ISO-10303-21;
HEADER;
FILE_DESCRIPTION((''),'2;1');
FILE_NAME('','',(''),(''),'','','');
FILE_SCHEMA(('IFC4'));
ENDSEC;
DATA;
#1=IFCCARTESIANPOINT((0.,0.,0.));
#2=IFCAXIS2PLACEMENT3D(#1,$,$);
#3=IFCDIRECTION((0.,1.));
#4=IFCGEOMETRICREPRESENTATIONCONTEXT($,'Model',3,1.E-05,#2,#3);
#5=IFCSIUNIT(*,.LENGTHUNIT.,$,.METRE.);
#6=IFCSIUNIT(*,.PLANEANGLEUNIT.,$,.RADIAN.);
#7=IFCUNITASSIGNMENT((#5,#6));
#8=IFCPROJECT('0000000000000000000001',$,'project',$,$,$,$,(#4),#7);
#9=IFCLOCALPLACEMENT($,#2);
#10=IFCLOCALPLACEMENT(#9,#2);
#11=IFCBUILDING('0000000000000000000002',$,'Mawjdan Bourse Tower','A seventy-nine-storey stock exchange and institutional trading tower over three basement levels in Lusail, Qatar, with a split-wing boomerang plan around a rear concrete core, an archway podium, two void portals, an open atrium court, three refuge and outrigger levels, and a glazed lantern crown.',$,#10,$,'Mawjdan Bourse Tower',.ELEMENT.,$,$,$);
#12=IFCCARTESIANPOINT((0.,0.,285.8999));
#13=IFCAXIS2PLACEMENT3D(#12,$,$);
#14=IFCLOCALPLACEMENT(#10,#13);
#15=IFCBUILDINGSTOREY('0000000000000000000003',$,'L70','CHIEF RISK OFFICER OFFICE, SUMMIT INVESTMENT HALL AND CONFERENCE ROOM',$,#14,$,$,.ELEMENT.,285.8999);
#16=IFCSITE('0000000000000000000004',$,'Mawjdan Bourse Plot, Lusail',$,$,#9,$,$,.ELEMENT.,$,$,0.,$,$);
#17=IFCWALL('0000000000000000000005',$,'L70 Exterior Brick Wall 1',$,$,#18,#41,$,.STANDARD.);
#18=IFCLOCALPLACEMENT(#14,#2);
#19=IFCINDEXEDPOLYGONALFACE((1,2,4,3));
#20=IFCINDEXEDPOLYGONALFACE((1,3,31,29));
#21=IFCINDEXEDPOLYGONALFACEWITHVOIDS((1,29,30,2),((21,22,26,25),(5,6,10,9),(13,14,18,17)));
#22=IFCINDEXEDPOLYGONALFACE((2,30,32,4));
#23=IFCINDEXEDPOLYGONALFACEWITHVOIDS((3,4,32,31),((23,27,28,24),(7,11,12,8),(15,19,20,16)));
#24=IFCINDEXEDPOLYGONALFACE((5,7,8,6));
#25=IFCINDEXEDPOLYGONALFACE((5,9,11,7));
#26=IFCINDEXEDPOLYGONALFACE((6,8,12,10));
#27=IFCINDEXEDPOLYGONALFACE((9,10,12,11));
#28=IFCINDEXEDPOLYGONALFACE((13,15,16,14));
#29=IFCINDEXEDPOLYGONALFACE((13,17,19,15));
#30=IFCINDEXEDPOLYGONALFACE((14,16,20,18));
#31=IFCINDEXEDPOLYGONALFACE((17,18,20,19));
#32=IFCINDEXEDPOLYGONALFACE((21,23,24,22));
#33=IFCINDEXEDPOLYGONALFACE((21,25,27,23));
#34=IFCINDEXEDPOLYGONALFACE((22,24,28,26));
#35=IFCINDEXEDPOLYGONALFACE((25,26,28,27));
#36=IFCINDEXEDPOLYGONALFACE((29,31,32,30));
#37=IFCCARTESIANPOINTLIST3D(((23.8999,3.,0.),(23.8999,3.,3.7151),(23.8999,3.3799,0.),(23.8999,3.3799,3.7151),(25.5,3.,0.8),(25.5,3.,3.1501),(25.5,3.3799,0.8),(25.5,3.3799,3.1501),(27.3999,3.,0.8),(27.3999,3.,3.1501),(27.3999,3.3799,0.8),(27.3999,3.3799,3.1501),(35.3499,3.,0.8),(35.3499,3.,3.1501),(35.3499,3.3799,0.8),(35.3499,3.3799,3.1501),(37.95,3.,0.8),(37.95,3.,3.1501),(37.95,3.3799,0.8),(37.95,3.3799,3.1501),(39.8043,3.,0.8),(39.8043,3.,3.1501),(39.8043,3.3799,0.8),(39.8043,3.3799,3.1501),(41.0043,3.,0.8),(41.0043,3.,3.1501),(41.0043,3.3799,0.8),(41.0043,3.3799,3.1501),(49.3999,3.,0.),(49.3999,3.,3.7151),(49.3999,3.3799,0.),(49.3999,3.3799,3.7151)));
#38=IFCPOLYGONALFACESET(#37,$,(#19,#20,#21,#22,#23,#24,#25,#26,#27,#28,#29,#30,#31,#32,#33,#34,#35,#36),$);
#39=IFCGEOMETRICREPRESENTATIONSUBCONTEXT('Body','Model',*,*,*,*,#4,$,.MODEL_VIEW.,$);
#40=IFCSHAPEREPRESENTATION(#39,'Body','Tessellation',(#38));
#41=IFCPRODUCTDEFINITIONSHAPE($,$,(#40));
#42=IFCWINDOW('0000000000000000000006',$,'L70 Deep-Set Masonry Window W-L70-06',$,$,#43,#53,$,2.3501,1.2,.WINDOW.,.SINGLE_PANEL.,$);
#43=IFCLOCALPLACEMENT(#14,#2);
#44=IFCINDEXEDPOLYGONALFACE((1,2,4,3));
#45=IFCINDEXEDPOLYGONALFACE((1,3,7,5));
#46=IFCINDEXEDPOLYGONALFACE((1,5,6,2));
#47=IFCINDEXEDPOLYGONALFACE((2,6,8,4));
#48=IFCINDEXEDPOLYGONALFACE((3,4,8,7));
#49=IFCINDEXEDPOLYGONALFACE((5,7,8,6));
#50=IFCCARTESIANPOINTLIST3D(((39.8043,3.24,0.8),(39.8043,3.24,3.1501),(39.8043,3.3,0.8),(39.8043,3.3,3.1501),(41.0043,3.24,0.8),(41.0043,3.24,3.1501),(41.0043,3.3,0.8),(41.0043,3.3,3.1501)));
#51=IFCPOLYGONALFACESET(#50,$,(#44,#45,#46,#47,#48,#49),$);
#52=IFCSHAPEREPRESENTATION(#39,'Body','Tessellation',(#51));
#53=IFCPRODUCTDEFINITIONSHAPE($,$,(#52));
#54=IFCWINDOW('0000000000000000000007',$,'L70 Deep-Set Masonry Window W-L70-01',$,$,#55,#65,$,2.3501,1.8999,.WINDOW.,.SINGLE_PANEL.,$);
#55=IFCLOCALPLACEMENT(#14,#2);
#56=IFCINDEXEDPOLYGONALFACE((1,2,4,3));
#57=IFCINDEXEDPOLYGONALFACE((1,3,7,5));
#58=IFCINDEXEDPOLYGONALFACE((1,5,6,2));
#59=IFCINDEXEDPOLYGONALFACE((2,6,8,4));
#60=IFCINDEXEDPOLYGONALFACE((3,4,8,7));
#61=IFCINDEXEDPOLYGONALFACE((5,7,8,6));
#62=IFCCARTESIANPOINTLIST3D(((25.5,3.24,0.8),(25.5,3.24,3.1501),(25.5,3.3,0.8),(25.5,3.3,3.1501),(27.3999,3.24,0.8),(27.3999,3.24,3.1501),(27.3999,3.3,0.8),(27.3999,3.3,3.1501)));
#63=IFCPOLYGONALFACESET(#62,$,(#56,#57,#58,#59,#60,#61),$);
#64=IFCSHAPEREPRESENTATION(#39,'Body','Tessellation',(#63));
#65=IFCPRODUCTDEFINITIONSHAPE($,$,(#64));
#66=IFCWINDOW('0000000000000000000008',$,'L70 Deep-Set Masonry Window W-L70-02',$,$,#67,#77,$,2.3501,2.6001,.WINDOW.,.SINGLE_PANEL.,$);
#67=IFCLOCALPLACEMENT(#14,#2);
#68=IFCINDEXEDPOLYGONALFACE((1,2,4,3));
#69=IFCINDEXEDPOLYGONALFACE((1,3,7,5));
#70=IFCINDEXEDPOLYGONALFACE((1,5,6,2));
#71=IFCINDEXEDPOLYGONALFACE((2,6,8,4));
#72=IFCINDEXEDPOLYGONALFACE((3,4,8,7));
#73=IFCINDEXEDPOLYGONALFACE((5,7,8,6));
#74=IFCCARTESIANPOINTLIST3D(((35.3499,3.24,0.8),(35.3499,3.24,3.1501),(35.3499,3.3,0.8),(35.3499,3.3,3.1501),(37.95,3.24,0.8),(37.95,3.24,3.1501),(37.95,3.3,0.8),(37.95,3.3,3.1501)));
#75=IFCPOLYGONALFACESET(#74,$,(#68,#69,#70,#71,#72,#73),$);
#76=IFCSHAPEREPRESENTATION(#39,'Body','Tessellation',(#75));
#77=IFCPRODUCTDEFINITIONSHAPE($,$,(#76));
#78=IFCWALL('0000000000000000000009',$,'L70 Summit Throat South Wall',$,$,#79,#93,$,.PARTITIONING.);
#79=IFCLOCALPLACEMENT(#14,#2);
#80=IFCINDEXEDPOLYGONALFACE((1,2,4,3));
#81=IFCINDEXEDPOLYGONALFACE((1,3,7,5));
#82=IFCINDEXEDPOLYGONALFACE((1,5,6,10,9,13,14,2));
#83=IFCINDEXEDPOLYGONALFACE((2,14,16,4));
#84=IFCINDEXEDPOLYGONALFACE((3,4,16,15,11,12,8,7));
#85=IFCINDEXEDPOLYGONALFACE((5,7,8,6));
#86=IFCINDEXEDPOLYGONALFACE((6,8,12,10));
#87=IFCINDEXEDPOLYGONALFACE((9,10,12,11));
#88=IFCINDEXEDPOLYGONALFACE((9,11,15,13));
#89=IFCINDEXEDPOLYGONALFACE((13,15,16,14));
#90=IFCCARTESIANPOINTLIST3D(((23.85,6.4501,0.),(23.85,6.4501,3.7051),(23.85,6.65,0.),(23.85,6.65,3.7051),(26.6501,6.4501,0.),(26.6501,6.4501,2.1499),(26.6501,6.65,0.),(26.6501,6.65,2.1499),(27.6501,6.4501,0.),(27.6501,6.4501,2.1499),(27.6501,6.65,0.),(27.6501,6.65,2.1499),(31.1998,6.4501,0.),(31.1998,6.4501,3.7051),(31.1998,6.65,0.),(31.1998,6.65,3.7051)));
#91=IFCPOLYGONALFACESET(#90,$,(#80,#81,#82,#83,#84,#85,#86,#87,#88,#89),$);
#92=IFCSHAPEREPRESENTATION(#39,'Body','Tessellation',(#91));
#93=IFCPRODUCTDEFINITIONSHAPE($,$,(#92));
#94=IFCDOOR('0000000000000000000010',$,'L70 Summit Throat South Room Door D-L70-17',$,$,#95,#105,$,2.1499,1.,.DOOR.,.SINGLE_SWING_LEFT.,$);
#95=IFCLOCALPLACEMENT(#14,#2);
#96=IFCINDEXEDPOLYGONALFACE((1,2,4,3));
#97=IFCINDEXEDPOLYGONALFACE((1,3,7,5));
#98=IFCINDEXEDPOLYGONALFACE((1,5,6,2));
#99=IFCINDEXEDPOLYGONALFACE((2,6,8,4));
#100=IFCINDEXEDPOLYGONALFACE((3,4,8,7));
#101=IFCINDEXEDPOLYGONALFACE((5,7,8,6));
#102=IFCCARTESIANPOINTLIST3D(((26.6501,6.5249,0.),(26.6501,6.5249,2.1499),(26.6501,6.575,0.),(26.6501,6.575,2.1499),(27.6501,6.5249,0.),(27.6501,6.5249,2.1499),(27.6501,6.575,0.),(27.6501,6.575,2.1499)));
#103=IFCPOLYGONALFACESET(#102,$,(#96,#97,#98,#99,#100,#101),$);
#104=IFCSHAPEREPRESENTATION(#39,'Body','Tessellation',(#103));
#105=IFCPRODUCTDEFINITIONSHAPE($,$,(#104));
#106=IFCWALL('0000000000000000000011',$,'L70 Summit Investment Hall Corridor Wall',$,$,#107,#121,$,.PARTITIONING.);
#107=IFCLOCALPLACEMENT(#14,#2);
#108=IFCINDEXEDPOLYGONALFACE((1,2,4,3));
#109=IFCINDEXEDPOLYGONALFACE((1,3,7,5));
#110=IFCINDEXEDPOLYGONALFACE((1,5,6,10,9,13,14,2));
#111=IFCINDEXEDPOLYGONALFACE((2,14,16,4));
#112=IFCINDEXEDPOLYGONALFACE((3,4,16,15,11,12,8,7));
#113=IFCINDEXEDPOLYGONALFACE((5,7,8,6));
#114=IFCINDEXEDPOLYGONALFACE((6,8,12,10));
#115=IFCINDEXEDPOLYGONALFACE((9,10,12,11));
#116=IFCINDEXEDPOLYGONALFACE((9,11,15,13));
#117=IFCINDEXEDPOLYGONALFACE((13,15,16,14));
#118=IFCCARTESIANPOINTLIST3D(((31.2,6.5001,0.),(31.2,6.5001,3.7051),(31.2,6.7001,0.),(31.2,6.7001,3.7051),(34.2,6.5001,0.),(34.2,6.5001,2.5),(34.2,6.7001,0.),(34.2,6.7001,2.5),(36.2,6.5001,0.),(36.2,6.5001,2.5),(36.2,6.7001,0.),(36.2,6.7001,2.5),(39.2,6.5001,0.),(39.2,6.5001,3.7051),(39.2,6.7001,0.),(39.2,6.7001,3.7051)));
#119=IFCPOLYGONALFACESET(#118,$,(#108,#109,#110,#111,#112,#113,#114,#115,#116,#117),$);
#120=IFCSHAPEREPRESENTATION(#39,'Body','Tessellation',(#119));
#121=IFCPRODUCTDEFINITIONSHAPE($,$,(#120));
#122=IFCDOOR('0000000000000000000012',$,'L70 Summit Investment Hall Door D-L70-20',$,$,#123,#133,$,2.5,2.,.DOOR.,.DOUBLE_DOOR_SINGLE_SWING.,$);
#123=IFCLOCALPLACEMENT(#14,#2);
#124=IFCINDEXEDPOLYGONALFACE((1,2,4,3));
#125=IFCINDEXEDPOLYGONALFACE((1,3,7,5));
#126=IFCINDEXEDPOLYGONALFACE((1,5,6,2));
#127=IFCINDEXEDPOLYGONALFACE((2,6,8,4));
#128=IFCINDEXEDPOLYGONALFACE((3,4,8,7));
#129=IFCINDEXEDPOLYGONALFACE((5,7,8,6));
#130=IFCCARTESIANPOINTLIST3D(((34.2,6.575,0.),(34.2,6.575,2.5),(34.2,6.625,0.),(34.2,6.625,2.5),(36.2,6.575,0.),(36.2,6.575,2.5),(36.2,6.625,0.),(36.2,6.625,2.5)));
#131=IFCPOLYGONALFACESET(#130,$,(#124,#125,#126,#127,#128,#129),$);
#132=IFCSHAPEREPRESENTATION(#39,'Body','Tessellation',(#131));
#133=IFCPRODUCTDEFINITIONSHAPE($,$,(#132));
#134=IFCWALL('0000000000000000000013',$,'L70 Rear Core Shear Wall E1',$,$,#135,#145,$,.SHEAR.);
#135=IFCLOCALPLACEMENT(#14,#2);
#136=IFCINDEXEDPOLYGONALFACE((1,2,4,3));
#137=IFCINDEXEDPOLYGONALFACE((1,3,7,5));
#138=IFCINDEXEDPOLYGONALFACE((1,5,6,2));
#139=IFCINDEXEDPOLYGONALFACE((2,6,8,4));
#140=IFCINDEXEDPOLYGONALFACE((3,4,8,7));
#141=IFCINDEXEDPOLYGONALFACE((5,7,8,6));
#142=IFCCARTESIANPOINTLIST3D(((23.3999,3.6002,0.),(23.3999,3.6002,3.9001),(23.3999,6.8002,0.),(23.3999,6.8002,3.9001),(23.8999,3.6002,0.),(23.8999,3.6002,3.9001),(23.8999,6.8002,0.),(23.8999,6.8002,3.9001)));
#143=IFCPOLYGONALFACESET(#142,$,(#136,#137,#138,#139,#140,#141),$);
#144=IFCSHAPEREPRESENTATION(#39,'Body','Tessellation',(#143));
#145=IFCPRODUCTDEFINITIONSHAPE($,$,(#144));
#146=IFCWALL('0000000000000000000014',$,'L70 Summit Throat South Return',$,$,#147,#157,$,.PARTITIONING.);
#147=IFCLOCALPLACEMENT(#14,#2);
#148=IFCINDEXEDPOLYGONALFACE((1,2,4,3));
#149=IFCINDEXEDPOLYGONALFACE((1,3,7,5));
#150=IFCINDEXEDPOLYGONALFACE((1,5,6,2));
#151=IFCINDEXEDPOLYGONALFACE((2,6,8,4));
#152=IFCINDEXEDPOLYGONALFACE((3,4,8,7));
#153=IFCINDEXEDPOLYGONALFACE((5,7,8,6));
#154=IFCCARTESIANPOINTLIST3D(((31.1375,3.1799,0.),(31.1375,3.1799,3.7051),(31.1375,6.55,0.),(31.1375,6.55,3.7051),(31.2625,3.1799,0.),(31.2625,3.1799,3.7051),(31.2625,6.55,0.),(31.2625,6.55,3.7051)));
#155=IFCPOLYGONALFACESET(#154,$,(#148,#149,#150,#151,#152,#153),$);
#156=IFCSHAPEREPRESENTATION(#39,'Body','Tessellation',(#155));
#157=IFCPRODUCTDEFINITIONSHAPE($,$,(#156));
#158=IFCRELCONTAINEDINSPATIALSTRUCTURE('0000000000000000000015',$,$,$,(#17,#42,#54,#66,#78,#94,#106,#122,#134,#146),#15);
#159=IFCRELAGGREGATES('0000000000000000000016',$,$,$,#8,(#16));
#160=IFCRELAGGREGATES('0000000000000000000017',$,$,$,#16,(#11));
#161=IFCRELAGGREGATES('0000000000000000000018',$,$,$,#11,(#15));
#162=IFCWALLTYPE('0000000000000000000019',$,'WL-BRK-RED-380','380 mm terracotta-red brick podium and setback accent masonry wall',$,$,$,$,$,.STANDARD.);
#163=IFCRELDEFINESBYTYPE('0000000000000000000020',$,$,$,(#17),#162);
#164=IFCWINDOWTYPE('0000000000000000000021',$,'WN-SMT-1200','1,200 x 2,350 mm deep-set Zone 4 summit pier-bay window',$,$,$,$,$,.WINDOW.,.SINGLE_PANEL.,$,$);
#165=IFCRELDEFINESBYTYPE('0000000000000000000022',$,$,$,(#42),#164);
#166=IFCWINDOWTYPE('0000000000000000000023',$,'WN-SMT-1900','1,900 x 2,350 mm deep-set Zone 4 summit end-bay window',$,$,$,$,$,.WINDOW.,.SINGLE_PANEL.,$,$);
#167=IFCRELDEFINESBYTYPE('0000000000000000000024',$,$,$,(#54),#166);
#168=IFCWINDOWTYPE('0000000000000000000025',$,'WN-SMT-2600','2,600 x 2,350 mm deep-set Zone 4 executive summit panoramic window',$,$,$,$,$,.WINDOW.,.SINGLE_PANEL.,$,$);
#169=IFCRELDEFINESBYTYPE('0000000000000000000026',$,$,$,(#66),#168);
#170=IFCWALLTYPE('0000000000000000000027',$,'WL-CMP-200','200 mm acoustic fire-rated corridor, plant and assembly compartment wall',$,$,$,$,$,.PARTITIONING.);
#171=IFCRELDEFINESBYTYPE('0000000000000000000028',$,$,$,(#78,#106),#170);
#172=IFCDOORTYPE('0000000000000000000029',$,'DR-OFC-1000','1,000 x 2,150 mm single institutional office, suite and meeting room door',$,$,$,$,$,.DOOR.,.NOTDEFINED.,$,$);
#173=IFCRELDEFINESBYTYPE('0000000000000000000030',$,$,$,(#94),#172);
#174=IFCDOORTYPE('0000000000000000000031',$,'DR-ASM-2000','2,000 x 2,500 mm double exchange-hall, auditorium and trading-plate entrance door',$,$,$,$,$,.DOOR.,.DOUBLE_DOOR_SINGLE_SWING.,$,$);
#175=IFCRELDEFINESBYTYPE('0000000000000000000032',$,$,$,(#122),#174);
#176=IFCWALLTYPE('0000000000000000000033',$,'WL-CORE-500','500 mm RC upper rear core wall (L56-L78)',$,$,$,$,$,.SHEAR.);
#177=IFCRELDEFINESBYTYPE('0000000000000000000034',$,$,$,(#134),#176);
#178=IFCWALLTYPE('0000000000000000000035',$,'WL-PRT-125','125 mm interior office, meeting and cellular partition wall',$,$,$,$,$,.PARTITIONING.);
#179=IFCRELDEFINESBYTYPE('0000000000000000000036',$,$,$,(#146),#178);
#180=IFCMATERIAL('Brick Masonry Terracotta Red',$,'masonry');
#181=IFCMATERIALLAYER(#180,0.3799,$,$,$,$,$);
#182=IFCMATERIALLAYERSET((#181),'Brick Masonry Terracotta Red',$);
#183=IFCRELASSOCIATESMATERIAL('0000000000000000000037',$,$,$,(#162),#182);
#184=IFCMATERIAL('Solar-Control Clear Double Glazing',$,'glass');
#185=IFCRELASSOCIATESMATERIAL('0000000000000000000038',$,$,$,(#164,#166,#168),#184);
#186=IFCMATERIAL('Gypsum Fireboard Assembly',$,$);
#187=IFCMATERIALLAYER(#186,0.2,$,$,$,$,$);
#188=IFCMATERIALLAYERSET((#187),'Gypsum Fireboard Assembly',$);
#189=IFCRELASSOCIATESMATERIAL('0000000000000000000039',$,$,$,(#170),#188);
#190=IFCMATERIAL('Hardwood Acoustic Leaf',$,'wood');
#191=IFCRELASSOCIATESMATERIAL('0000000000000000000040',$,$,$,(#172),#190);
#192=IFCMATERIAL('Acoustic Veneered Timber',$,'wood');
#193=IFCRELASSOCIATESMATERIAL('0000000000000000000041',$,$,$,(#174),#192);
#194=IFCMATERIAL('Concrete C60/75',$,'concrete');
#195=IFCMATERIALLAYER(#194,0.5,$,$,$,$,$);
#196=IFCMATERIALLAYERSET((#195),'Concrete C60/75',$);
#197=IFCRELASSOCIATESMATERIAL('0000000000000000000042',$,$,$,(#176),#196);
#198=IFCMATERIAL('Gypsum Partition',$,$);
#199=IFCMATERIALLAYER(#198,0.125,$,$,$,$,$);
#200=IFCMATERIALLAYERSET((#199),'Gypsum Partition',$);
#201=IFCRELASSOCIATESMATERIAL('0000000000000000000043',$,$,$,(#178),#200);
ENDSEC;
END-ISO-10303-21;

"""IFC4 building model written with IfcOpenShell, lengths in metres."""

from ifc_helpers import new_model, si_unit, direction, frame, frame_2d, origin, place, context, subcontext, project, spatial, rectangle, extrude, material, layer, layer_set, type_object, element, fill, save


model = new_model("IFC4")

# Units and contexts
model_context = context("Model", 3, precision=1e-05, world=origin(), true_north=direction((0.0, 1.0)))
body_context = subcontext(model_context, "Body", "Model", "MODEL_VIEW")
ifc_project = project(units=[si_unit("LENGTHUNIT", "METRE"), si_unit("PLANEANGLEUNIT", "RADIAN")], contexts=[model_context])

# Site, building, storey
site_placement = place(None, origin())
site = spatial("IfcSite", under=ifc_project, at=site_placement, Name="Mawjdan Bourse Plot, Lusail", CompositionType="ELEMENT", RefElevation=0.0)
building_placement = place(site_placement, origin())
building = spatial("IfcBuilding", under=site, at=building_placement, Name="Mawjdan Bourse Tower", Description="A seventy-nine-storey stock exchange and institutional trading tower over three basement levels in Lusail, Qatar, with a split-wing boomerang plan around a rear concrete core, an archway podium, two void portals, an open atrium court, three refuge and outrigger levels, and a glazed lantern crown.", LongName="Mawjdan Bourse Tower", CompositionType="ELEMENT")
storey_placement = place(building_placement, frame((0.0, 0.0, 285.8999)))
storey = spatial("IfcBuildingStorey", under=building, at=storey_placement, Name="L70", Description="CHIEF RISK OFFICER OFFICE, SUMMIT INVESTMENT HALL AND CONFERENCE ROOM", CompositionType="ELEMENT", Elevation=285.8999)

# Shared definitions
ifc_material_1 = material(Name="Concrete C60/75", Category="concrete")

# Wall, openings, windows
ifc_material_2 = material(Name="Brick Masonry Terracotta Red", Category="masonry")
ifc_layer_1 = layer(ifc_material_2, 0.3799)
ifc_layer_set_1 = layer_set([ifc_layer_1], Name="Brick Masonry Terracotta Red")
wall_type_1 = type_object("IfcWallType", Name="WL-BRK-RED-380", Description="380 mm terracotta-red brick podium and setback accent masonry wall", PredefinedType="STANDARD", material=ifc_layer_set_1)
wall_1_placement = place(storey_placement, frame((23.8999, 3.1899, 0.0), z_axis=(0.0, 0.0, 1.0), x_axis=(1.0, 0.0, 0.0)))
wall_1 = element("IfcWall", 1, at=wall_1_placement, inside=storey, type_object=wall_type_1, Name="L70 Exterior Brick Wall 1", PredefinedType="STANDARD", context=body_context, shape_type="SweptSolid", body=[
    extrude(rectangle(XDim=25.5, YDim=0.3799, at=frame_2d((12.75, 0.0))), origin(), (0.0, 0.0, 1.0), 3.7151),
])
opening_1_placement = place(wall_1_placement, frame((1.6001, 0.0, 0.8)))
opening_1 = element("IfcOpeningElement", 2, at=opening_1_placement, cuts=wall_1, PredefinedType="OPENING", context=body_context, shape_type="SweptSolid", body=[
    extrude(rectangle(XDim=1.8999, YDim=2.3501, at=frame_2d((0.95, 1.175))), frame((0.0, 0.2, 0.0), z_axis=(0.0, -1.0, 0.0), x_axis=(1.0, 0.0, 0.0)), (0.0, 0.0, 1.0), 0.3999),
])
opening_2_placement = place(wall_1_placement, frame((11.45, 0.0, 0.8)))
opening_2 = element("IfcOpeningElement", 3, at=opening_2_placement, cuts=wall_1, PredefinedType="OPENING", context=body_context, shape_type="SweptSolid", body=[
    extrude(rectangle(XDim=2.6001, YDim=2.3501, at=frame_2d((1.3, 1.175))), frame((0.0, 0.2, 0.0), z_axis=(0.0, -1.0, 0.0), x_axis=(1.0, 0.0, 0.0)), (0.0, 0.0, 1.0), 0.3999),
])
opening_3_placement = place(wall_1_placement, frame((15.9043, 0.0, 0.8)))
opening_3 = element("IfcOpeningElement", 4, at=opening_3_placement, cuts=wall_1, PredefinedType="OPENING", context=body_context, shape_type="SweptSolid", body=[
    extrude(rectangle(XDim=1.2, YDim=2.3501, at=frame_2d((0.6001, 1.175))), frame((0.0, 0.2, 0.0), z_axis=(0.0, -1.0, 0.0), x_axis=(1.0, 0.0, 0.0)), (0.0, 0.0, 1.0), 0.3999),
])
ifc_material_3 = material(Name="Solar-Control Clear Double Glazing", Category="glass")
window_type_1 = type_object("IfcWindowType", Name="WN-SMT-1200", Description="1,200 x 2,350 mm deep-set Zone 4 summit pier-bay window", PartitioningType="SINGLE_PANEL", PredefinedType="WINDOW", material=ifc_material_3)
window_1_placement = place(opening_3_placement, origin())
window_1 = element("IfcWindow", 5, at=window_1_placement, inside=storey, type_object=window_type_1, Name="L70 Deep-Set Masonry Window W-L70-06", OverallHeight=2.3501, OverallWidth=1.2, PartitioningType="SINGLE_PANEL", PredefinedType="WINDOW", context=body_context, shape_type="SweptSolid", body=[
    extrude(rectangle(XDim=1.2, YDim=2.3501, at=frame_2d((0.6001, 1.175))), frame((0.0, 0.1101, 0.0), z_axis=(0.0, -1.0, 0.0), x_axis=(1.0, 0.0, 0.0)), (0.0, 0.0, 1.0), 0.0601),
])
fill(opening_3, window_1)
window_type_2 = type_object("IfcWindowType", Name="WN-SMT-1900", Description="1,900 x 2,350 mm deep-set Zone 4 summit end-bay window", PartitioningType="SINGLE_PANEL", PredefinedType="WINDOW", material=ifc_material_3)
window_2_placement = place(opening_1_placement, origin())
window_2 = element("IfcWindow", 6, at=window_2_placement, inside=storey, type_object=window_type_2, Name="L70 Deep-Set Masonry Window W-L70-01", OverallHeight=2.3501, OverallWidth=1.8999, PartitioningType="SINGLE_PANEL", PredefinedType="WINDOW", context=body_context, shape_type="SweptSolid", body=[
    extrude(rectangle(XDim=1.8999, YDim=2.3501, at=frame_2d((0.95, 1.175))), frame((0.0, 0.1101, 0.0), z_axis=(0.0, -1.0, 0.0), x_axis=(1.0, 0.0, 0.0)), (0.0, 0.0, 1.0), 0.0601),
])
fill(opening_1, window_2)
window_type_3 = type_object("IfcWindowType", Name="WN-SMT-2600", Description="2,600 x 2,350 mm deep-set Zone 4 executive summit panoramic window", PartitioningType="SINGLE_PANEL", PredefinedType="WINDOW", material=ifc_material_3)
window_3_placement = place(opening_2_placement, origin())
window_3 = element("IfcWindow", 7, at=window_3_placement, inside=storey, type_object=window_type_3, Name="L70 Deep-Set Masonry Window W-L70-02", OverallHeight=2.3501, OverallWidth=2.6001, PartitioningType="SINGLE_PANEL", PredefinedType="WINDOW", context=body_context, shape_type="SweptSolid", body=[
    extrude(rectangle(XDim=2.6001, YDim=2.3501, at=frame_2d((1.3, 1.175))), frame((0.0, 0.1101, 0.0), z_axis=(0.0, -1.0, 0.0), x_axis=(1.0, 0.0, 0.0)), (0.0, 0.0, 1.0), 0.0601),
])
fill(opening_2, window_3)

# Walls, openings, doors
ifc_material_4 = material(Name="Gypsum Fireboard Assembly")
ifc_layer_2 = layer(ifc_material_4, 0.2)
ifc_layer_set_2 = layer_set([ifc_layer_2], Name="Gypsum Fireboard Assembly")
wall_type_2 = type_object("IfcWallType", Name="WL-CMP-200", Description="200 mm acoustic fire-rated corridor, plant and assembly compartment wall", PredefinedType="PARTITIONING", material=ifc_layer_set_2)
wall_2_placement = place(storey_placement, frame((23.8501, 6.55, 0.0), z_axis=(0.0, 0.0, 1.0), x_axis=(1.0, 0.0, 0.0)))
wall_2 = element("IfcWall", 8, at=wall_2_placement, inside=storey, type_object=wall_type_2, Name="L70 Summit Throat South Wall", PredefinedType="PARTITIONING", context=body_context, shape_type="SweptSolid", body=[
    extrude(rectangle(XDim=7.3499, YDim=0.2, at=frame_2d((3.6748, 0.0))), origin(), (0.0, 0.0, 1.0), 3.7051),
])
opening_4_placement = place(wall_2_placement, frame((2.8, 0.0, 0.0)))
opening_4 = element("IfcOpeningElement", 9, at=opening_4_placement, cuts=wall_2, PredefinedType="OPENING", context=body_context, shape_type="SweptSolid", body=[
    extrude(rectangle(XDim=1.0, YDim=2.1499, at=frame_2d((0.5, 1.075))), frame((0.0, 0.1099, 0.0), z_axis=(0.0, -1.0, 0.0), x_axis=(1.0, 0.0, 0.0)), (0.0, 0.0, 1.0), 0.22),
])
ifc_material_5 = material(Name="Hardwood Acoustic Leaf", Category="wood")
door_type_1 = type_object("IfcDoorType", Name="DR-OFC-1000", Description="1,000 x 2,150 mm single institutional office, suite and meeting room door", OperationType="NOTDEFINED", PredefinedType="DOOR", material=ifc_material_5)
door_1_placement = place(opening_4_placement, origin())
door_1 = element("IfcDoor", 10, at=door_1_placement, inside=storey, type_object=door_type_1, Name="L70 Summit Throat South Room Door D-L70-17", OperationType="SINGLE_SWING_LEFT", OverallHeight=2.1499, OverallWidth=1.0, PredefinedType="DOOR", context=body_context, shape_type="SweptSolid", body=[
    extrude(rectangle(XDim=1.0, YDim=2.1499, at=frame_2d((0.5, 1.075))), frame((0.0, 0.0249, 0.0), z_axis=(0.0, -1.0, 0.0), x_axis=(1.0, 0.0, 0.0)), (0.0, 0.0, 1.0), 0.05),
])
fill(opening_4, door_1)
wall_3_placement = place(storey_placement, frame((31.2, 6.6001, 0.0), z_axis=(0.0, 0.0, 1.0), x_axis=(1.0, 0.0, 0.0)))
wall_3 = element("IfcWall", 11, at=wall_3_placement, inside=storey, type_object=wall_type_2, Name="L70 Summit Investment Hall Corridor Wall", PredefinedType="PARTITIONING", context=body_context, shape_type="SweptSolid", body=[
    extrude(rectangle(XDim=8.0, YDim=0.2, at=frame_2d((4.0, 0.0))), origin(), (0.0, 0.0, 1.0), 3.7051),
])
opening_5_placement = place(wall_3_placement, frame((3.0, 0.0, 0.0)))
opening_5 = element("IfcOpeningElement", 12, at=opening_5_placement, cuts=wall_3, PredefinedType="OPENING", context=body_context, shape_type="SweptSolid", body=[
    extrude(rectangle(XDim=2.0, YDim=2.5, at=frame_2d((1.0, 1.25))), frame((0.0, 0.1099, 0.0), z_axis=(0.0, -1.0, 0.0), x_axis=(1.0, 0.0, 0.0)), (0.0, 0.0, 1.0), 0.22),
])
ifc_material_6 = material(Name="Acoustic Veneered Timber", Category="wood")
door_type_2 = type_object("IfcDoorType", Name="DR-ASM-2000", Description="2,000 x 2,500 mm double exchange-hall, auditorium and trading-plate entrance door", OperationType="DOUBLE_DOOR_SINGLE_SWING", PredefinedType="DOOR", material=ifc_material_6)
door_2_placement = place(opening_5_placement, origin())
door_2 = element("IfcDoor", 13, at=door_2_placement, inside=storey, type_object=door_type_2, Name="L70 Summit Investment Hall Door D-L70-20", OperationType="DOUBLE_DOOR_SINGLE_SWING", OverallHeight=2.5, OverallWidth=2.0, PredefinedType="DOOR", context=body_context, shape_type="SweptSolid", body=[
    extrude(rectangle(XDim=2.0, YDim=2.5, at=frame_2d((1.0, 1.25))), frame((0.0, 0.0249, 0.0), z_axis=(0.0, -1.0, 0.0), x_axis=(1.0, 0.0, 0.0)), (0.0, 0.0, 1.0), 0.05),
])
fill(opening_5, door_2)

# Walls
ifc_layer_3 = layer(ifc_material_1, 0.5)
ifc_layer_set_3 = layer_set([ifc_layer_3], Name="Concrete C60/75")
wall_type_3 = type_object("IfcWallType", Name="WL-CORE-500", Description="500 mm RC upper rear core wall (L56-L78)", PredefinedType="SHEAR", material=ifc_layer_set_3)
wall_4_placement = place(storey_placement, frame((23.6499, 3.6001, 0.0), z_axis=(0.0, 0.0, 1.0), x_axis=(0.0, 1.0, 0.0)))
element("IfcWall", 14, at=wall_4_placement, inside=storey, type_object=wall_type_3, Name="L70 Rear Core Shear Wall E1", PredefinedType="SHEAR", context=body_context, shape_type="SweptSolid", body=[
    extrude(rectangle(XDim=3.2, YDim=0.5, at=frame_2d((1.6001, 0.0))), origin(), (0.0, 0.0, 1.0), 3.9001),
])
ifc_material_7 = material(Name="Gypsum Partition")
ifc_layer_4 = layer(ifc_material_7, 0.125)
ifc_layer_set_4 = layer_set([ifc_layer_4], Name="Gypsum Partition")
wall_type_4 = type_object("IfcWallType", Name="WL-PRT-125", Description="125 mm interior office, meeting and cellular partition wall", PredefinedType="PARTITIONING", material=ifc_layer_set_4)
wall_5_placement = place(storey_placement, frame((31.2, 3.1799, 0.0), z_axis=(0.0, 0.0, 1.0), x_axis=(0.0, 1.0, 0.0)))
element("IfcWall", 15, at=wall_5_placement, inside=storey, type_object=wall_type_4, Name="L70 Summit Throat South Return", PredefinedType="PARTITIONING", context=body_context, shape_type="SweptSolid", body=[
    extrude(rectangle(XDim=3.3701, YDim=0.125, at=frame_2d((1.6851, 0.0))), origin(), (0.0, 0.0, 1.0), 3.7051),
])

save(model, "model.ifc")
